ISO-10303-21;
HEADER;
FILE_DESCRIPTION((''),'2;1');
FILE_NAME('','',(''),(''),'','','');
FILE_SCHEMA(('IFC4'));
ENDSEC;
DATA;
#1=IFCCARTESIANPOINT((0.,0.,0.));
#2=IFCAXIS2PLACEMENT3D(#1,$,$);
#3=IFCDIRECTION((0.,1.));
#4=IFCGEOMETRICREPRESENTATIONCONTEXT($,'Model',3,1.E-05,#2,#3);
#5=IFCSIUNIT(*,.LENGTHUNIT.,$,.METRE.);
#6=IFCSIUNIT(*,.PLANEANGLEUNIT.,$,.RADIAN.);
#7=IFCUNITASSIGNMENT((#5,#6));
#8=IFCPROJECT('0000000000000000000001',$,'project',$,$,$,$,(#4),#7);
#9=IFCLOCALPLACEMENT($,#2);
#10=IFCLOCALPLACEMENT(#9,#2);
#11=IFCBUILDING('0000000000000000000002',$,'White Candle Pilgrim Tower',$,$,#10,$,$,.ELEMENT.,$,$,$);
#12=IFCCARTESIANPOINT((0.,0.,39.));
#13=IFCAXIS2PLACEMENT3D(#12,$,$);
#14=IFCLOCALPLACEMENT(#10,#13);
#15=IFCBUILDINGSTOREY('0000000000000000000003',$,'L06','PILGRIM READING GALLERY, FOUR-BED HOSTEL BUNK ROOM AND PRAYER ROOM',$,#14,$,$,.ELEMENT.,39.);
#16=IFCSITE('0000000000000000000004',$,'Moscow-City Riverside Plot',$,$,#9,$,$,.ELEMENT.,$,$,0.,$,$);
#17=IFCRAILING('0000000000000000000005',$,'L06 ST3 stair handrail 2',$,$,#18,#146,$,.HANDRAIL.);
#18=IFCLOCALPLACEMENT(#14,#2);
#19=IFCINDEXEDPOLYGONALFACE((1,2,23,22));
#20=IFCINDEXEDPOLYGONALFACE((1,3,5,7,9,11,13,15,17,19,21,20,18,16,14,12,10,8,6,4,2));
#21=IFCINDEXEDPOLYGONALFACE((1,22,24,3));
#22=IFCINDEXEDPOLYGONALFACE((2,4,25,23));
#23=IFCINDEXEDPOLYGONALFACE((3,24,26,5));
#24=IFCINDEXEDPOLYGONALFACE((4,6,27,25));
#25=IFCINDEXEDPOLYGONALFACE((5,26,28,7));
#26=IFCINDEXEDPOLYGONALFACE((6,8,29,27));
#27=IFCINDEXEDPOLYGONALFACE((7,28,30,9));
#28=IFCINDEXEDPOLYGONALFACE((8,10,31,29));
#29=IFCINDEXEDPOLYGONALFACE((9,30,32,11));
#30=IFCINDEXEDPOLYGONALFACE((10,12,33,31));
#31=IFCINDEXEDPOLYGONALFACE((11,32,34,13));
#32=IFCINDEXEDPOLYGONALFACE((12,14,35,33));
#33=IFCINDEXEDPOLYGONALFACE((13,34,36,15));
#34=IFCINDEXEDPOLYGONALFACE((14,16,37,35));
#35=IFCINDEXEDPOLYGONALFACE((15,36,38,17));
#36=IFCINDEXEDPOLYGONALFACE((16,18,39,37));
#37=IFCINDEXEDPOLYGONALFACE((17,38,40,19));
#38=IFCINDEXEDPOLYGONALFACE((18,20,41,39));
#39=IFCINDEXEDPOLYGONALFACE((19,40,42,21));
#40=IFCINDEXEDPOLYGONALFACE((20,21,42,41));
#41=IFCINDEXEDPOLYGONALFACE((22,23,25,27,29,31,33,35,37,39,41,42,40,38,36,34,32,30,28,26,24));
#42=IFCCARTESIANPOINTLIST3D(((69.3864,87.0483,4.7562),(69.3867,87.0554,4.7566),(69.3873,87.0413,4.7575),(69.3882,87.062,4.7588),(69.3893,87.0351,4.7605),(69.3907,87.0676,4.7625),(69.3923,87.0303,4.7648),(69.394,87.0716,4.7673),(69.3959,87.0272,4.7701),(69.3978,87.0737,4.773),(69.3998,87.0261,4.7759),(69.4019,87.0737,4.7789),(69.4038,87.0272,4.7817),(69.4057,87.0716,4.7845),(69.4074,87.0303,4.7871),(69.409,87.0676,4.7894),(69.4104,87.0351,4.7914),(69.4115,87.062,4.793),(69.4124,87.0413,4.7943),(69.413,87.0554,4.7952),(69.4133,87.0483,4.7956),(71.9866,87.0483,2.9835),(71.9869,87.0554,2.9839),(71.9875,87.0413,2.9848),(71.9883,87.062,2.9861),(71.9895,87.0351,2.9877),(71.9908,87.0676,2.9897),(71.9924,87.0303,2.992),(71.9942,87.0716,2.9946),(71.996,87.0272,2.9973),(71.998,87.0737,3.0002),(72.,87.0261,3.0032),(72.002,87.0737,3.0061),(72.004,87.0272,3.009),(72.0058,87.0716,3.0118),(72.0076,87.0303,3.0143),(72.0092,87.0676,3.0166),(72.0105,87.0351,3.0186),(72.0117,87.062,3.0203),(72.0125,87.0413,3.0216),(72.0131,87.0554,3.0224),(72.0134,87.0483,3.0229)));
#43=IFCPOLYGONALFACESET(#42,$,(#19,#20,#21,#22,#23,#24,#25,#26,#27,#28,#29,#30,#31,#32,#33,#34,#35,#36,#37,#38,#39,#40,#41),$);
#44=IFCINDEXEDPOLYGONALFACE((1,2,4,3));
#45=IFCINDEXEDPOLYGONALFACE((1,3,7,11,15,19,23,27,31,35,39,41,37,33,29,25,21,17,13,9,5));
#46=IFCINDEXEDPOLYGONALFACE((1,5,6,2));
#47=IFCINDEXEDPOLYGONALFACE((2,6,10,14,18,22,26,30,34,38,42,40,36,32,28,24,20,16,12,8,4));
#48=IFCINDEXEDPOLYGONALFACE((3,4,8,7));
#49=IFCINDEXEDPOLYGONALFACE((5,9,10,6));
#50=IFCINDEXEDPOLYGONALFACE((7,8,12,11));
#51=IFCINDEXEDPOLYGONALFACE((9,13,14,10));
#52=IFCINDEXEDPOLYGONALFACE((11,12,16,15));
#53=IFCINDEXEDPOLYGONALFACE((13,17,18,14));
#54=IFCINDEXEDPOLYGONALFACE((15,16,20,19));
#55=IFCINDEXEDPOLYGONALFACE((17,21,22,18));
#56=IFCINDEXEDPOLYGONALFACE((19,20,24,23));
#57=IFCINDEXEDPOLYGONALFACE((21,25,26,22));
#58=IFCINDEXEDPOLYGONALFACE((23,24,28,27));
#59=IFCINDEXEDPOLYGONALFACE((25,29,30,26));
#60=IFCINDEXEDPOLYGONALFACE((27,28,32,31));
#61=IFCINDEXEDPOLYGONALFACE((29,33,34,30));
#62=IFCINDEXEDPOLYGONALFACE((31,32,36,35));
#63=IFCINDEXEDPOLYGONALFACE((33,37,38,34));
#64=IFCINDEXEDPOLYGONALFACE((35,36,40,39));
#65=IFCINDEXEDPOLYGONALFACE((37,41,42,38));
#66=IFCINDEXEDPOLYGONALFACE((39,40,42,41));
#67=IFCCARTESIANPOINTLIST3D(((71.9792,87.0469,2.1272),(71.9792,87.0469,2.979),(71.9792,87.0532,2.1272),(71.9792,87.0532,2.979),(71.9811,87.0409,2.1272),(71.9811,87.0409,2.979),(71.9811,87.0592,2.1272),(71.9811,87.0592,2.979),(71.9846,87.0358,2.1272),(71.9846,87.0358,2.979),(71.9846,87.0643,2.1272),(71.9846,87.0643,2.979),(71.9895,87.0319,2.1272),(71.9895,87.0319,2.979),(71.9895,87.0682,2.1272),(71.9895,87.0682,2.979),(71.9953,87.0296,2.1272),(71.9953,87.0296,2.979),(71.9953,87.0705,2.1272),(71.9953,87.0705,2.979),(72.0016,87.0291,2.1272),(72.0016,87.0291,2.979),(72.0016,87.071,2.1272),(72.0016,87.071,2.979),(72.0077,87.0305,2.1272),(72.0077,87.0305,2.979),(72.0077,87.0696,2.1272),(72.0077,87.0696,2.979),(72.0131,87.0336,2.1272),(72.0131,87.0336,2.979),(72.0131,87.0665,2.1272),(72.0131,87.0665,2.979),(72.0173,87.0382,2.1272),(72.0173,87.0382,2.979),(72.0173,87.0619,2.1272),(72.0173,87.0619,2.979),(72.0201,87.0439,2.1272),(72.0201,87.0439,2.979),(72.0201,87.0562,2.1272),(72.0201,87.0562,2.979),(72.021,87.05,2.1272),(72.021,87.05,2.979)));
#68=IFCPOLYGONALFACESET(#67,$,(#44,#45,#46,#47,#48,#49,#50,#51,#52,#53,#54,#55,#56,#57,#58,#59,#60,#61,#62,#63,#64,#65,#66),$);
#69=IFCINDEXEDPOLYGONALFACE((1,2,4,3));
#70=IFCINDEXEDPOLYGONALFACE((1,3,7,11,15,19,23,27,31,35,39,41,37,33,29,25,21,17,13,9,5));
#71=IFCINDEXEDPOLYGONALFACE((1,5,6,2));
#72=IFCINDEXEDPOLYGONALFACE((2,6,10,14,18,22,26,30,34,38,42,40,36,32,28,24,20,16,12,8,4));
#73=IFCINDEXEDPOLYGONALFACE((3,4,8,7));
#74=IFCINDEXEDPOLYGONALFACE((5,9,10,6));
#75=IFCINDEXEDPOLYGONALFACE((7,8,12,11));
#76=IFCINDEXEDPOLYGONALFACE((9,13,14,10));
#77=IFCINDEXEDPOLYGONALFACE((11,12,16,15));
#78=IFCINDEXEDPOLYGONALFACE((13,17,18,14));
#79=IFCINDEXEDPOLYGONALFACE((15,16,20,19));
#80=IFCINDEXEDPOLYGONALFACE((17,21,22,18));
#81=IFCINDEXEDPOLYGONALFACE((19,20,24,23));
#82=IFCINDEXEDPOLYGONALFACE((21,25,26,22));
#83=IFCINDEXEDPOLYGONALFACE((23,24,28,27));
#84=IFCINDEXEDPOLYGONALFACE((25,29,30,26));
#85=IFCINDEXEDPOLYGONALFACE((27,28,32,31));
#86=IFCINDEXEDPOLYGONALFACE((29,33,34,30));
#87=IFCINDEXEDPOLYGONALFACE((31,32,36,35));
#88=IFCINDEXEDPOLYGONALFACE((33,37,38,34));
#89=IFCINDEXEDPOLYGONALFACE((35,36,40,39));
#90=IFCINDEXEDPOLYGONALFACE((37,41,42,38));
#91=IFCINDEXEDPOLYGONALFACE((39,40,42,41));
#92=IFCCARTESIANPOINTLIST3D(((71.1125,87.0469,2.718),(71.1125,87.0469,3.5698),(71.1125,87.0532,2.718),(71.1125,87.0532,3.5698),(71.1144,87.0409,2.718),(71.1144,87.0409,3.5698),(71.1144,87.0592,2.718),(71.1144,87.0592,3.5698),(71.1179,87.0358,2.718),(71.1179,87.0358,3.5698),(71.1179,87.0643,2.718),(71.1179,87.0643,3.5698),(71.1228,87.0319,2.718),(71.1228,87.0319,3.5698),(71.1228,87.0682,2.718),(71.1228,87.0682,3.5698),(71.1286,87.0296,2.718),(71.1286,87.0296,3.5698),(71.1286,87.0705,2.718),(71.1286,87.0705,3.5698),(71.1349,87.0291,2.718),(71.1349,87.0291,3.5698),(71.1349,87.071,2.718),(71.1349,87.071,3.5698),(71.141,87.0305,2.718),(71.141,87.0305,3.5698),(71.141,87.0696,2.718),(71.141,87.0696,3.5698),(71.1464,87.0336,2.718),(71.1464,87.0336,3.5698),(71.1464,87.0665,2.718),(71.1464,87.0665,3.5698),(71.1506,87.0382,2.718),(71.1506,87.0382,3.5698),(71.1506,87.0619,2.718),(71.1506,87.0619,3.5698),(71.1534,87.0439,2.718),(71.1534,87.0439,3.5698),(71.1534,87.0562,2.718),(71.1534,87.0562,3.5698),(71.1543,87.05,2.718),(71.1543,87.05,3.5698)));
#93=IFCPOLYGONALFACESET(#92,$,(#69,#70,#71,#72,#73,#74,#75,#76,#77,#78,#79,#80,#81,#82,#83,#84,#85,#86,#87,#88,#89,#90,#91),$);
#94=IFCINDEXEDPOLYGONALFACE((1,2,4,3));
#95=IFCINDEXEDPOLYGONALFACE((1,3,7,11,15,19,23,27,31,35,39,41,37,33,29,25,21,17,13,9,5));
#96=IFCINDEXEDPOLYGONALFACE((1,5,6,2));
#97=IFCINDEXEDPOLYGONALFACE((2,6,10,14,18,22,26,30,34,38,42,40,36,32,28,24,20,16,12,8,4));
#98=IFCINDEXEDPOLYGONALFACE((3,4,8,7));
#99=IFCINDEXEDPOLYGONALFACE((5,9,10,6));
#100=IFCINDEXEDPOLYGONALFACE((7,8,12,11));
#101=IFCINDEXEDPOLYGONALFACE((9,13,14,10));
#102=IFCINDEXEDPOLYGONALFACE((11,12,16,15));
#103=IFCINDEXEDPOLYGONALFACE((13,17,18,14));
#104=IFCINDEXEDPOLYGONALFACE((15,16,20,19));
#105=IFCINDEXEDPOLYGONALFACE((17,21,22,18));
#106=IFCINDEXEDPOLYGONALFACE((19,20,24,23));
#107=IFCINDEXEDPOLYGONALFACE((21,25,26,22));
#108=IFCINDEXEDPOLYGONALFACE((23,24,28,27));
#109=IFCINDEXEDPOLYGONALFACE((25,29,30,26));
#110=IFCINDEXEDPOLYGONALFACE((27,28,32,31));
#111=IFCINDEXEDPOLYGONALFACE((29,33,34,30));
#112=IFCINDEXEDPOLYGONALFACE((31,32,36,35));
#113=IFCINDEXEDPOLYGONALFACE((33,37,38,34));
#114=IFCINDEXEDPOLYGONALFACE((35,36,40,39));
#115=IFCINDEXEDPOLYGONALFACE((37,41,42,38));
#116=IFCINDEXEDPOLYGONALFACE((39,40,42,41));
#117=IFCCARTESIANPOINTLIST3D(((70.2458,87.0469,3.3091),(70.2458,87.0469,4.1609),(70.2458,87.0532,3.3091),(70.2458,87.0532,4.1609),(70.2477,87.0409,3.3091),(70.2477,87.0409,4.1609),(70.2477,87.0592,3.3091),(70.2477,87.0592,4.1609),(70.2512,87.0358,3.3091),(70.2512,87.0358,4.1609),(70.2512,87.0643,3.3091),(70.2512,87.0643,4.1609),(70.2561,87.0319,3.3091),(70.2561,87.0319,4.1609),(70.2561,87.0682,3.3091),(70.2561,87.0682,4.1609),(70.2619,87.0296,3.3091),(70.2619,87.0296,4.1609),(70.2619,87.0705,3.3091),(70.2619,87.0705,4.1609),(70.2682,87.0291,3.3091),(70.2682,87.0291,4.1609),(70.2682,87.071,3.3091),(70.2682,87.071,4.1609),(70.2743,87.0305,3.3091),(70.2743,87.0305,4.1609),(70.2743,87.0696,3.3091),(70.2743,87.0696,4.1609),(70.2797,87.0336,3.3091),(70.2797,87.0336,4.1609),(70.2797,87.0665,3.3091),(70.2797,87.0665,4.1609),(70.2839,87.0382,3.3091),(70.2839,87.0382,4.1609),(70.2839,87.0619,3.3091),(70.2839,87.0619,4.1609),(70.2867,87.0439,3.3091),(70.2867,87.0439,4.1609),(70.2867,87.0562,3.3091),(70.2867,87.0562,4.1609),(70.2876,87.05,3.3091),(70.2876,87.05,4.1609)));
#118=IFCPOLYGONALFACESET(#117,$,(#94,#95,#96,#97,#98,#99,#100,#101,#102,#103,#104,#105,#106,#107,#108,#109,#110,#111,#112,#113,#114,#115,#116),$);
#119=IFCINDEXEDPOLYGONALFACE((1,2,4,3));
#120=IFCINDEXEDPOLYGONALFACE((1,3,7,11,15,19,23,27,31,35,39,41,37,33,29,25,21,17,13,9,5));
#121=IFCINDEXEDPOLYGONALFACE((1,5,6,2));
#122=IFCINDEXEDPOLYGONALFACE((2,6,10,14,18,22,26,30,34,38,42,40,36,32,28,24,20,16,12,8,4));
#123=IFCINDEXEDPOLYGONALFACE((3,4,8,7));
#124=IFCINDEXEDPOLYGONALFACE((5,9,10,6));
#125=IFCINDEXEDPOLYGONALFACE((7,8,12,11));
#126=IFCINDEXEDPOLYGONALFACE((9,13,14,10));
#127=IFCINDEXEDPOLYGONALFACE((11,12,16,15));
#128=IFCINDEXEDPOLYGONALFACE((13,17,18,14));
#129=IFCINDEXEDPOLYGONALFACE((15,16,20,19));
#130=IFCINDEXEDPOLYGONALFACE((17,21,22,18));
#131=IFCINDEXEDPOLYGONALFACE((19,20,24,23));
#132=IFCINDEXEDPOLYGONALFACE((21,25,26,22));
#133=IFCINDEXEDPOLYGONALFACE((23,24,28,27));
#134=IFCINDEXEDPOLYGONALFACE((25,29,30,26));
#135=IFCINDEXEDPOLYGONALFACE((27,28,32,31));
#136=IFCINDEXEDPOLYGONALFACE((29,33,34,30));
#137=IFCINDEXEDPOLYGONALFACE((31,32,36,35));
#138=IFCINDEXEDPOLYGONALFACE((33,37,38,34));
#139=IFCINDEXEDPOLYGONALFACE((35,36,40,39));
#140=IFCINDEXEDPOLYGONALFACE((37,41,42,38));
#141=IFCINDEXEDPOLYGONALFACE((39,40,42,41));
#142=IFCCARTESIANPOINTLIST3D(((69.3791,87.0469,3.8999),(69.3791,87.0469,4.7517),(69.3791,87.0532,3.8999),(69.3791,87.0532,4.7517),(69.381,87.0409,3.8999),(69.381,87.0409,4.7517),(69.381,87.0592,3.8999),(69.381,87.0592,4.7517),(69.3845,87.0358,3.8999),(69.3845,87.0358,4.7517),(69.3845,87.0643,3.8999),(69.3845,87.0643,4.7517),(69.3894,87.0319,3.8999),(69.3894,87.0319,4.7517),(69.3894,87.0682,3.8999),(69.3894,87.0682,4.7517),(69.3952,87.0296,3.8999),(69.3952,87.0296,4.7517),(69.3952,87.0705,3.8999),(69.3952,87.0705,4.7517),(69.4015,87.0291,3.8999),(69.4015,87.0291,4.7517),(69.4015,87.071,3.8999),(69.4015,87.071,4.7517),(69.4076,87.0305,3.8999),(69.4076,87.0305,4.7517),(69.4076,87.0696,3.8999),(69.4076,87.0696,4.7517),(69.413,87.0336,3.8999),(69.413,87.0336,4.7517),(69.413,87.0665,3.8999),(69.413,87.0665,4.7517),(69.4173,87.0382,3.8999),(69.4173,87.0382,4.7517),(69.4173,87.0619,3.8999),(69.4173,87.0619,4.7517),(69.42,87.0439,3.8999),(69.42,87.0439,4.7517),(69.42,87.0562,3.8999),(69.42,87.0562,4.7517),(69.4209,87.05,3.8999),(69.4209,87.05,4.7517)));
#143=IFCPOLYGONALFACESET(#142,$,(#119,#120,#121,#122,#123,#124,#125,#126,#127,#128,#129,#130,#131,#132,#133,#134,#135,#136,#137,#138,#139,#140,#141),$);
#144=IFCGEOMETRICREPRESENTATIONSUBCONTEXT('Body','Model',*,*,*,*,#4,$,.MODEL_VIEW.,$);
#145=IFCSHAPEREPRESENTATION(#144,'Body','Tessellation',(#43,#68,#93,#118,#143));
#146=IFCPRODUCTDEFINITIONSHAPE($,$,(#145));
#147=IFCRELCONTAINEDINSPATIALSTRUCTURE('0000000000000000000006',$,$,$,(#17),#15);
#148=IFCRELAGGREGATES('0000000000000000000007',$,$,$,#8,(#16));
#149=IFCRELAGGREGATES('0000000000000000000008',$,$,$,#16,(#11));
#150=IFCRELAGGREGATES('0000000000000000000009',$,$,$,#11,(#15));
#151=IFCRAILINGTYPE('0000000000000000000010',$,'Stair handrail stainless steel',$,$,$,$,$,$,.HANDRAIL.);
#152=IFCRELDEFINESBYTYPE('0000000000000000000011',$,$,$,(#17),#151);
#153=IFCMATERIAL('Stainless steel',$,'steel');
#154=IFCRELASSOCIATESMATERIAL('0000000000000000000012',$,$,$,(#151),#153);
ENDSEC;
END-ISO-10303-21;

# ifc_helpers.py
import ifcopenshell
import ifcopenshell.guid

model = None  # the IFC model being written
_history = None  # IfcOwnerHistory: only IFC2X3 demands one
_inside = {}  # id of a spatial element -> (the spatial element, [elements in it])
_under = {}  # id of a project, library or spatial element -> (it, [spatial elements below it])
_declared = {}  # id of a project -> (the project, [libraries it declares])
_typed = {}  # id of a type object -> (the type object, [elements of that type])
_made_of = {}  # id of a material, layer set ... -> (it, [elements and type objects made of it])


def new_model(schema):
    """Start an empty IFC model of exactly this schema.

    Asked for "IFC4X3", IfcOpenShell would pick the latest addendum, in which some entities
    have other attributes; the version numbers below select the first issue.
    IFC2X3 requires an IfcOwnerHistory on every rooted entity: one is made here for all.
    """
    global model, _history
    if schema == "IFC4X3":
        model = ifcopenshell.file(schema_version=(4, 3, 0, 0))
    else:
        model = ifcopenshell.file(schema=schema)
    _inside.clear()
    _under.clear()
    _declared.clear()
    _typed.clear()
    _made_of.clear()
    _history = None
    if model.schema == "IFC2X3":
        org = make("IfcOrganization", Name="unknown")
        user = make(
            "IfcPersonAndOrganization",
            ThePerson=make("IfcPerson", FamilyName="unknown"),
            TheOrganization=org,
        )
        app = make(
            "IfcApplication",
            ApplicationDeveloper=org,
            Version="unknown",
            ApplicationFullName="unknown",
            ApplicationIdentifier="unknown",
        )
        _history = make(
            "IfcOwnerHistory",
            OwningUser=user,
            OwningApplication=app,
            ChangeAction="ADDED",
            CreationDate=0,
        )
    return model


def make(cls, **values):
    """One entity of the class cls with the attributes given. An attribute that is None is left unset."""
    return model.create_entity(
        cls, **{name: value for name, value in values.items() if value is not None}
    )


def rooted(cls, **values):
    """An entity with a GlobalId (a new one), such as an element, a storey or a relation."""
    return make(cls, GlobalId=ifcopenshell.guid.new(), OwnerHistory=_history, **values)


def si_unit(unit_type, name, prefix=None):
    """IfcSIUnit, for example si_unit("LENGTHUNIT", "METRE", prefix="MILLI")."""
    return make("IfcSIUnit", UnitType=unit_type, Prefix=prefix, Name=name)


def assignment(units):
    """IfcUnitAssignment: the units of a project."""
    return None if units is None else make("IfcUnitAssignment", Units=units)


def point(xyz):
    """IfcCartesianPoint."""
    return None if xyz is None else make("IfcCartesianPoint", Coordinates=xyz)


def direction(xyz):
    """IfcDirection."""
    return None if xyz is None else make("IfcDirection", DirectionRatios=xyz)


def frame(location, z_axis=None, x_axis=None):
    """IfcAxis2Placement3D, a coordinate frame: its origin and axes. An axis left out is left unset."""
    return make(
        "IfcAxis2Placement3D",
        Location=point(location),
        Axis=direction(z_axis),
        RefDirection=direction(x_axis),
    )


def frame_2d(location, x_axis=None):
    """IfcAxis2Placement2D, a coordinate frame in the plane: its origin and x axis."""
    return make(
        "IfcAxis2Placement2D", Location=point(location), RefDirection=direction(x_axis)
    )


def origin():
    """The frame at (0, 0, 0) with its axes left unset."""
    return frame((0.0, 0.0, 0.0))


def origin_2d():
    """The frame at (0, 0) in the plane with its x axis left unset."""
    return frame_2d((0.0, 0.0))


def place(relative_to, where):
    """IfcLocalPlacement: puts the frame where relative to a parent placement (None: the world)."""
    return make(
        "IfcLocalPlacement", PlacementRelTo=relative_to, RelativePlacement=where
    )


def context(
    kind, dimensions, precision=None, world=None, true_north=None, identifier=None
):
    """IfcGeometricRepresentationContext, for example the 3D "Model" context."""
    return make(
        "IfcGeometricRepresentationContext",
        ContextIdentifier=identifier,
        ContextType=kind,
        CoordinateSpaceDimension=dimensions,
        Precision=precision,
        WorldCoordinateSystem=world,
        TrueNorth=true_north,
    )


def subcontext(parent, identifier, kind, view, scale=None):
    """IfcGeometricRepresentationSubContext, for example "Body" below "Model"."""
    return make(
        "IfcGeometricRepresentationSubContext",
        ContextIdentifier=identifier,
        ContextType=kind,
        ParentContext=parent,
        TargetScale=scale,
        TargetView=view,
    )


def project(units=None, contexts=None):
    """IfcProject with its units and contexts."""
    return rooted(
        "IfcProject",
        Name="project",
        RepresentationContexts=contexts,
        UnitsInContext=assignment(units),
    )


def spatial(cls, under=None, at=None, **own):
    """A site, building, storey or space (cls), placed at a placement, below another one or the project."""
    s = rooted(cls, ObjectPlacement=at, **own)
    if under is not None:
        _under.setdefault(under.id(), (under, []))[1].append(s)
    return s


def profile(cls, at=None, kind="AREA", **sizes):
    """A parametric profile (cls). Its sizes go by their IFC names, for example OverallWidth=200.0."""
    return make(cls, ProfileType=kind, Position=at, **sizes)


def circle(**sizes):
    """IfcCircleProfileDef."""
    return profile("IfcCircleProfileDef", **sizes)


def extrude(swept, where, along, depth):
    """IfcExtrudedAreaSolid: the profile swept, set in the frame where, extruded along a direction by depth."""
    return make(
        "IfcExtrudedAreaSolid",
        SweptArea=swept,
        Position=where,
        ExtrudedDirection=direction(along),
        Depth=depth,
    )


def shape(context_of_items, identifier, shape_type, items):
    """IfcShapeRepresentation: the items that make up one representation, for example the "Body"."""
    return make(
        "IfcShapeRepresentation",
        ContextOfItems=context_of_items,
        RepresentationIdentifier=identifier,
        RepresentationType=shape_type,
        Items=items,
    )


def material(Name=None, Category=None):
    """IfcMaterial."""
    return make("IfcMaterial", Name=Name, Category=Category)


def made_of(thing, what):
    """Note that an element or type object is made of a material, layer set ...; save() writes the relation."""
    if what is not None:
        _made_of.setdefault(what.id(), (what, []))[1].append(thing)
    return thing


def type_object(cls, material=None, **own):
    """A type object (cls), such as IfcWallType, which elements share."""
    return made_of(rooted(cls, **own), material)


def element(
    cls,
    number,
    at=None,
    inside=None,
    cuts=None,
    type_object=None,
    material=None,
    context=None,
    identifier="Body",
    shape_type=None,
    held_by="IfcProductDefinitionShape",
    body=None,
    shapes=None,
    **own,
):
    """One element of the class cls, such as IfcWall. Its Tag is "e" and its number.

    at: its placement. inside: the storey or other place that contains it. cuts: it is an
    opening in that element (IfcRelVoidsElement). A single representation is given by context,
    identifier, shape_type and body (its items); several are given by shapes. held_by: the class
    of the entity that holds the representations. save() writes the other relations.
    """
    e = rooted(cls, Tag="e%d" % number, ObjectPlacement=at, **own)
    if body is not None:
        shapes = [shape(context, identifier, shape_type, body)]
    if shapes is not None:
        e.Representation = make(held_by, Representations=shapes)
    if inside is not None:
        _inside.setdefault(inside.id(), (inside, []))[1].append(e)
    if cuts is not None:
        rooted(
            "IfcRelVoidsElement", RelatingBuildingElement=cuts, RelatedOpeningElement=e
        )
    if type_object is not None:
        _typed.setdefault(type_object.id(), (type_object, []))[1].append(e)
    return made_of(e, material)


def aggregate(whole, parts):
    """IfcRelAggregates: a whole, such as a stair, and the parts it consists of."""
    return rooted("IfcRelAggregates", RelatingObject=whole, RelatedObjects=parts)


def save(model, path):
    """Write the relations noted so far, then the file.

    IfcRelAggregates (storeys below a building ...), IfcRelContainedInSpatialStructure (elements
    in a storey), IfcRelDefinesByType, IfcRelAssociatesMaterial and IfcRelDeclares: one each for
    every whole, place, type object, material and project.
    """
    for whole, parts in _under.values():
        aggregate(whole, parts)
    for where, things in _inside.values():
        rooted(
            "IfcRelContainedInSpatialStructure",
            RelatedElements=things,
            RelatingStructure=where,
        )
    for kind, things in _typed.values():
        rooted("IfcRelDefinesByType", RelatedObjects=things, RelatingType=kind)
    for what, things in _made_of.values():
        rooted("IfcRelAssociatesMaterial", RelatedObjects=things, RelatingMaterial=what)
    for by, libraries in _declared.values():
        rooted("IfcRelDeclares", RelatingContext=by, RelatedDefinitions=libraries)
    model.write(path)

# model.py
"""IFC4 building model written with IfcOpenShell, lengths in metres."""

from ifc_helpers import new_model, si_unit, direction, frame, origin, origin_2d, place, context, subcontext, project, spatial, circle, extrude, material, type_object, element, save


model = new_model("IFC4")

# Units and contexts
model_context = context("Model", 3, precision=1e-05, world=origin(), true_north=direction((0.0, 1.0)))
body_context = subcontext(model_context, "Body", "Model", "MODEL_VIEW")
ifc_project = project(units=[si_unit("LENGTHUNIT", "METRE"), si_unit("PLANEANGLEUNIT", "RADIAN")], contexts=[model_context])

# Site, building, storey
site_placement = place(None, origin())
site = spatial("IfcSite", under=ifc_project, at=site_placement, Name="Moscow-City Riverside Plot", CompositionType="ELEMENT", RefElevation=0.0)
building_placement = place(site_placement, origin())
building = spatial("IfcBuilding", under=site, at=building_placement, Name="White Candle Pilgrim Tower", CompositionType="ELEMENT")
storey_placement = place(building_placement, frame((0.0, 0.0, 39.0)))
storey = spatial("IfcBuildingStorey", under=building, at=storey_placement, Name="L06", Description="PILGRIM READING GALLERY, FOUR-BED HOSTEL BUNK ROOM AND PRAYER ROOM", CompositionType="ELEMENT", Elevation=39.0)

# Railing
ifc_material_1 = material(Name="Stainless steel", Category="steel")
railing_type_1 = type_object("IfcRailingType", Name="Stair handrail stainless steel", PredefinedType="HANDRAIL", material=ifc_material_1)
railing_1_placement = place(storey_placement, frame((72.0, 87.05, 2.1272)))
element("IfcRailing", 1, at=railing_1_placement, inside=storey, type_object=railing_type_1, Name="L06 ST3 stair handrail 2", PredefinedType="HANDRAIL", context=body_context, shape_type="SweptSolid", body=[
    extrude(circle(Radius=0.0239, at=origin_2d()), frame((0.0, 0.0, 0.876), z_axis=(-0.82624, 0.0, 0.563318), x_axis=(0.0, -1.0, 0.0)), (0.0, 0.0, 1.0), 3.147),
    extrude(circle(Radius=0.021, at=origin_2d()), origin(), (0.0, 0.0, 1.0), 0.8518),
    extrude(circle(Radius=0.021, at=origin_2d()), frame((-0.8667, 0.0, 0.5908)), (0.0, 0.0, 1.0), 0.8518),
    extrude(circle(Radius=0.021, at=origin_2d()), frame((-1.7334, 0.0, 1.1819)), (0.0, 0.0, 1.0), 0.8518),
    extrude(circle(Radius=0.021, at=origin_2d()), frame((-2.6001, 0.0, 1.7727)), (0.0, 0.0, 1.0), 0.8518),
])

save(model, "model.ifc")
